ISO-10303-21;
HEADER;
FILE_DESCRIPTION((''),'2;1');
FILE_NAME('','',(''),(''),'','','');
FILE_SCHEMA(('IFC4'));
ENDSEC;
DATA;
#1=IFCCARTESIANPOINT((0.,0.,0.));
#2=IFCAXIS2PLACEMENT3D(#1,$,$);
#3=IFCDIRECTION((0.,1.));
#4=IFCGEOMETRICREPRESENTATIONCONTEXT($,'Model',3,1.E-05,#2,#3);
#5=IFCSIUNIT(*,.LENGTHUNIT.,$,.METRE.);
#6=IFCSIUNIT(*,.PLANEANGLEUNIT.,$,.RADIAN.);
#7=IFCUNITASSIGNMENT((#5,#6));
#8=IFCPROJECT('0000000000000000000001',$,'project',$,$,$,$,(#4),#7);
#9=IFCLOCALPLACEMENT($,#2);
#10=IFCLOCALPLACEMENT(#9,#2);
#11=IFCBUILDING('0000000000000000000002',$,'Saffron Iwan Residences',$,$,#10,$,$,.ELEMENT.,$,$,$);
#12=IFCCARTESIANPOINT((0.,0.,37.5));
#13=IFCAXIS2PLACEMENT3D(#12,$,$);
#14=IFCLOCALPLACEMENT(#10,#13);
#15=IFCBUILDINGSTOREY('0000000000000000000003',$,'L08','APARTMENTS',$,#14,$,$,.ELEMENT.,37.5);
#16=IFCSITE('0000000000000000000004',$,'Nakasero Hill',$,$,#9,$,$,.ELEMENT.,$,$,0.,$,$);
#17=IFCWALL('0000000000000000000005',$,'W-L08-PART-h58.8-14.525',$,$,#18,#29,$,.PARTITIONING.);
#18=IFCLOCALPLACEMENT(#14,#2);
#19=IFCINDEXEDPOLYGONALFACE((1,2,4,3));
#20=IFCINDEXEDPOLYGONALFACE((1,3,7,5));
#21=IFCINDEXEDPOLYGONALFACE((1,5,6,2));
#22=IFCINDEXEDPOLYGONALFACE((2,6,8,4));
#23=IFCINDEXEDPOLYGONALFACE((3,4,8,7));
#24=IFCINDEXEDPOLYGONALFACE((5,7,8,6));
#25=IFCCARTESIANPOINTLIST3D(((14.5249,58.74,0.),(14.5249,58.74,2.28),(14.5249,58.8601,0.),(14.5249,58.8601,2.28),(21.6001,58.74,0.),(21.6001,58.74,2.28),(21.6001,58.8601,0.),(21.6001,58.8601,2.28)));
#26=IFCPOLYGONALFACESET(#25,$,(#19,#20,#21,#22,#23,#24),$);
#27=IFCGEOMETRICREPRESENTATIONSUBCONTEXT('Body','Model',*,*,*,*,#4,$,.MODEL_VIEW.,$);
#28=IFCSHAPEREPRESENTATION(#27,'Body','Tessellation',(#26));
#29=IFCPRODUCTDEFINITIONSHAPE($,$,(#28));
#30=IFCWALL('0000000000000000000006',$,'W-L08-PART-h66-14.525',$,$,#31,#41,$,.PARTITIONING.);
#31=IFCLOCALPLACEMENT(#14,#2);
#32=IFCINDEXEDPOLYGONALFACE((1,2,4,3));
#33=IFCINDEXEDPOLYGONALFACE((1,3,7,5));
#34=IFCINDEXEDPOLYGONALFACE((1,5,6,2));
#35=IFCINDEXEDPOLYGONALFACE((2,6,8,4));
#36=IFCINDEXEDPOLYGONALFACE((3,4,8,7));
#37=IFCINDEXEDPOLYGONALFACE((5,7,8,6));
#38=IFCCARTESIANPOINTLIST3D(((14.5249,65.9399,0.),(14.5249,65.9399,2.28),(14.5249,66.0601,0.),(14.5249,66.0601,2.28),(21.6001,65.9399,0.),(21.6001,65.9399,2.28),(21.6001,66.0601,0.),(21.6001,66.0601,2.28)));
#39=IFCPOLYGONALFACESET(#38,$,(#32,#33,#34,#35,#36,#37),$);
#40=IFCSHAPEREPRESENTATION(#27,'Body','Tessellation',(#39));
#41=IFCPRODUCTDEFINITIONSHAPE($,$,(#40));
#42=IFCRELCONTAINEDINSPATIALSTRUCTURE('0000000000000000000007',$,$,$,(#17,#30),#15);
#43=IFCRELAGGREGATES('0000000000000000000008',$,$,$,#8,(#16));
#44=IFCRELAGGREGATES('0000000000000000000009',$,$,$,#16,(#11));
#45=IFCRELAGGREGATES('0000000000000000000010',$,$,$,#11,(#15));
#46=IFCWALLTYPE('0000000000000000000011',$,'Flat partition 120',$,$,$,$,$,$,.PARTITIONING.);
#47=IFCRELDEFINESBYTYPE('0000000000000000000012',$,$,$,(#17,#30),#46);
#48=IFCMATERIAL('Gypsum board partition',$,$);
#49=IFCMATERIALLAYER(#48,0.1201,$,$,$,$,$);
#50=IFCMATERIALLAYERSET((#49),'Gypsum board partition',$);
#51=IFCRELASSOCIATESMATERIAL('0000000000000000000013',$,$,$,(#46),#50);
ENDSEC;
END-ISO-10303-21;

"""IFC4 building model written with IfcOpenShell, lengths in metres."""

from ifc_helpers import new_model, si_unit, direction, frame, frame_2d, origin, place, context, subcontext, project, spatial, rectangle, extrude, material, layer, layer_set, type_object, element, save


model = new_model("IFC4")

# Units and contexts
model_context = context("Model", 3, precision=1e-05, world=origin(), true_north=direction((0.0, 1.0)))
body_context = subcontext(model_context, "Body", "Model", "MODEL_VIEW")
ifc_project = project(units=[si_unit("LENGTHUNIT", "METRE"), si_unit("PLANEANGLEUNIT", "RADIAN")], contexts=[model_context])

# Site, building, storey
site_placement = place(None, origin())
site = spatial("IfcSite", under=ifc_project, at=site_placement, Name="Nakasero Hill", CompositionType="ELEMENT", RefElevation=0.0)
building_placement = place(site_placement, origin())
building = spatial("IfcBuilding", under=site, at=building_placement, Name="Saffron Iwan Residences", CompositionType="ELEMENT")
storey_placement = place(building_placement, frame((0.0, 0.0, 37.5)))
storey = spatial("IfcBuildingStorey", under=building, at=storey_placement, Name="L08", Description="APARTMENTS", CompositionType="ELEMENT", Elevation=37.5)

# Walls
ifc_material_1 = material(Name="Gypsum board partition")
ifc_layer_1 = layer(ifc_material_1, 0.1201)
ifc_layer_set_1 = layer_set([ifc_layer_1], Name="Gypsum board partition")
wall_type_1 = type_object("IfcWallType", Name="Flat partition 120", PredefinedType="PARTITIONING", material=ifc_layer_set_1)
for number, where, z_axis, x_axis, name in (
    (1, (14.5249, 58.8, 0.0), (0.0, 0.0, 1.0), (1.0, 0.0, 0.0), "W-L08-PART-h58.8-14.525"),
    (2, (14.5249, 66.0, 0.0), (0.0, 0.0, 1.0), (1.0, 0.0, 0.0), "W-L08-PART-h66-14.525"),
):
    element("IfcWall", number, at=place(storey_placement, frame(where, z_axis=z_axis, x_axis=x_axis)), inside=storey, type_object=wall_type_1, Name=name, PredefinedType="PARTITIONING", context=body_context, shape_type="SweptSolid", body=[
        extrude(rectangle(XDim=7.0752, YDim=0.1201, at=frame_2d((3.5376, 0.0))), origin(), (0.0, 0.0, 1.0), 2.28),
    ])

save(model, "model.ifc")
